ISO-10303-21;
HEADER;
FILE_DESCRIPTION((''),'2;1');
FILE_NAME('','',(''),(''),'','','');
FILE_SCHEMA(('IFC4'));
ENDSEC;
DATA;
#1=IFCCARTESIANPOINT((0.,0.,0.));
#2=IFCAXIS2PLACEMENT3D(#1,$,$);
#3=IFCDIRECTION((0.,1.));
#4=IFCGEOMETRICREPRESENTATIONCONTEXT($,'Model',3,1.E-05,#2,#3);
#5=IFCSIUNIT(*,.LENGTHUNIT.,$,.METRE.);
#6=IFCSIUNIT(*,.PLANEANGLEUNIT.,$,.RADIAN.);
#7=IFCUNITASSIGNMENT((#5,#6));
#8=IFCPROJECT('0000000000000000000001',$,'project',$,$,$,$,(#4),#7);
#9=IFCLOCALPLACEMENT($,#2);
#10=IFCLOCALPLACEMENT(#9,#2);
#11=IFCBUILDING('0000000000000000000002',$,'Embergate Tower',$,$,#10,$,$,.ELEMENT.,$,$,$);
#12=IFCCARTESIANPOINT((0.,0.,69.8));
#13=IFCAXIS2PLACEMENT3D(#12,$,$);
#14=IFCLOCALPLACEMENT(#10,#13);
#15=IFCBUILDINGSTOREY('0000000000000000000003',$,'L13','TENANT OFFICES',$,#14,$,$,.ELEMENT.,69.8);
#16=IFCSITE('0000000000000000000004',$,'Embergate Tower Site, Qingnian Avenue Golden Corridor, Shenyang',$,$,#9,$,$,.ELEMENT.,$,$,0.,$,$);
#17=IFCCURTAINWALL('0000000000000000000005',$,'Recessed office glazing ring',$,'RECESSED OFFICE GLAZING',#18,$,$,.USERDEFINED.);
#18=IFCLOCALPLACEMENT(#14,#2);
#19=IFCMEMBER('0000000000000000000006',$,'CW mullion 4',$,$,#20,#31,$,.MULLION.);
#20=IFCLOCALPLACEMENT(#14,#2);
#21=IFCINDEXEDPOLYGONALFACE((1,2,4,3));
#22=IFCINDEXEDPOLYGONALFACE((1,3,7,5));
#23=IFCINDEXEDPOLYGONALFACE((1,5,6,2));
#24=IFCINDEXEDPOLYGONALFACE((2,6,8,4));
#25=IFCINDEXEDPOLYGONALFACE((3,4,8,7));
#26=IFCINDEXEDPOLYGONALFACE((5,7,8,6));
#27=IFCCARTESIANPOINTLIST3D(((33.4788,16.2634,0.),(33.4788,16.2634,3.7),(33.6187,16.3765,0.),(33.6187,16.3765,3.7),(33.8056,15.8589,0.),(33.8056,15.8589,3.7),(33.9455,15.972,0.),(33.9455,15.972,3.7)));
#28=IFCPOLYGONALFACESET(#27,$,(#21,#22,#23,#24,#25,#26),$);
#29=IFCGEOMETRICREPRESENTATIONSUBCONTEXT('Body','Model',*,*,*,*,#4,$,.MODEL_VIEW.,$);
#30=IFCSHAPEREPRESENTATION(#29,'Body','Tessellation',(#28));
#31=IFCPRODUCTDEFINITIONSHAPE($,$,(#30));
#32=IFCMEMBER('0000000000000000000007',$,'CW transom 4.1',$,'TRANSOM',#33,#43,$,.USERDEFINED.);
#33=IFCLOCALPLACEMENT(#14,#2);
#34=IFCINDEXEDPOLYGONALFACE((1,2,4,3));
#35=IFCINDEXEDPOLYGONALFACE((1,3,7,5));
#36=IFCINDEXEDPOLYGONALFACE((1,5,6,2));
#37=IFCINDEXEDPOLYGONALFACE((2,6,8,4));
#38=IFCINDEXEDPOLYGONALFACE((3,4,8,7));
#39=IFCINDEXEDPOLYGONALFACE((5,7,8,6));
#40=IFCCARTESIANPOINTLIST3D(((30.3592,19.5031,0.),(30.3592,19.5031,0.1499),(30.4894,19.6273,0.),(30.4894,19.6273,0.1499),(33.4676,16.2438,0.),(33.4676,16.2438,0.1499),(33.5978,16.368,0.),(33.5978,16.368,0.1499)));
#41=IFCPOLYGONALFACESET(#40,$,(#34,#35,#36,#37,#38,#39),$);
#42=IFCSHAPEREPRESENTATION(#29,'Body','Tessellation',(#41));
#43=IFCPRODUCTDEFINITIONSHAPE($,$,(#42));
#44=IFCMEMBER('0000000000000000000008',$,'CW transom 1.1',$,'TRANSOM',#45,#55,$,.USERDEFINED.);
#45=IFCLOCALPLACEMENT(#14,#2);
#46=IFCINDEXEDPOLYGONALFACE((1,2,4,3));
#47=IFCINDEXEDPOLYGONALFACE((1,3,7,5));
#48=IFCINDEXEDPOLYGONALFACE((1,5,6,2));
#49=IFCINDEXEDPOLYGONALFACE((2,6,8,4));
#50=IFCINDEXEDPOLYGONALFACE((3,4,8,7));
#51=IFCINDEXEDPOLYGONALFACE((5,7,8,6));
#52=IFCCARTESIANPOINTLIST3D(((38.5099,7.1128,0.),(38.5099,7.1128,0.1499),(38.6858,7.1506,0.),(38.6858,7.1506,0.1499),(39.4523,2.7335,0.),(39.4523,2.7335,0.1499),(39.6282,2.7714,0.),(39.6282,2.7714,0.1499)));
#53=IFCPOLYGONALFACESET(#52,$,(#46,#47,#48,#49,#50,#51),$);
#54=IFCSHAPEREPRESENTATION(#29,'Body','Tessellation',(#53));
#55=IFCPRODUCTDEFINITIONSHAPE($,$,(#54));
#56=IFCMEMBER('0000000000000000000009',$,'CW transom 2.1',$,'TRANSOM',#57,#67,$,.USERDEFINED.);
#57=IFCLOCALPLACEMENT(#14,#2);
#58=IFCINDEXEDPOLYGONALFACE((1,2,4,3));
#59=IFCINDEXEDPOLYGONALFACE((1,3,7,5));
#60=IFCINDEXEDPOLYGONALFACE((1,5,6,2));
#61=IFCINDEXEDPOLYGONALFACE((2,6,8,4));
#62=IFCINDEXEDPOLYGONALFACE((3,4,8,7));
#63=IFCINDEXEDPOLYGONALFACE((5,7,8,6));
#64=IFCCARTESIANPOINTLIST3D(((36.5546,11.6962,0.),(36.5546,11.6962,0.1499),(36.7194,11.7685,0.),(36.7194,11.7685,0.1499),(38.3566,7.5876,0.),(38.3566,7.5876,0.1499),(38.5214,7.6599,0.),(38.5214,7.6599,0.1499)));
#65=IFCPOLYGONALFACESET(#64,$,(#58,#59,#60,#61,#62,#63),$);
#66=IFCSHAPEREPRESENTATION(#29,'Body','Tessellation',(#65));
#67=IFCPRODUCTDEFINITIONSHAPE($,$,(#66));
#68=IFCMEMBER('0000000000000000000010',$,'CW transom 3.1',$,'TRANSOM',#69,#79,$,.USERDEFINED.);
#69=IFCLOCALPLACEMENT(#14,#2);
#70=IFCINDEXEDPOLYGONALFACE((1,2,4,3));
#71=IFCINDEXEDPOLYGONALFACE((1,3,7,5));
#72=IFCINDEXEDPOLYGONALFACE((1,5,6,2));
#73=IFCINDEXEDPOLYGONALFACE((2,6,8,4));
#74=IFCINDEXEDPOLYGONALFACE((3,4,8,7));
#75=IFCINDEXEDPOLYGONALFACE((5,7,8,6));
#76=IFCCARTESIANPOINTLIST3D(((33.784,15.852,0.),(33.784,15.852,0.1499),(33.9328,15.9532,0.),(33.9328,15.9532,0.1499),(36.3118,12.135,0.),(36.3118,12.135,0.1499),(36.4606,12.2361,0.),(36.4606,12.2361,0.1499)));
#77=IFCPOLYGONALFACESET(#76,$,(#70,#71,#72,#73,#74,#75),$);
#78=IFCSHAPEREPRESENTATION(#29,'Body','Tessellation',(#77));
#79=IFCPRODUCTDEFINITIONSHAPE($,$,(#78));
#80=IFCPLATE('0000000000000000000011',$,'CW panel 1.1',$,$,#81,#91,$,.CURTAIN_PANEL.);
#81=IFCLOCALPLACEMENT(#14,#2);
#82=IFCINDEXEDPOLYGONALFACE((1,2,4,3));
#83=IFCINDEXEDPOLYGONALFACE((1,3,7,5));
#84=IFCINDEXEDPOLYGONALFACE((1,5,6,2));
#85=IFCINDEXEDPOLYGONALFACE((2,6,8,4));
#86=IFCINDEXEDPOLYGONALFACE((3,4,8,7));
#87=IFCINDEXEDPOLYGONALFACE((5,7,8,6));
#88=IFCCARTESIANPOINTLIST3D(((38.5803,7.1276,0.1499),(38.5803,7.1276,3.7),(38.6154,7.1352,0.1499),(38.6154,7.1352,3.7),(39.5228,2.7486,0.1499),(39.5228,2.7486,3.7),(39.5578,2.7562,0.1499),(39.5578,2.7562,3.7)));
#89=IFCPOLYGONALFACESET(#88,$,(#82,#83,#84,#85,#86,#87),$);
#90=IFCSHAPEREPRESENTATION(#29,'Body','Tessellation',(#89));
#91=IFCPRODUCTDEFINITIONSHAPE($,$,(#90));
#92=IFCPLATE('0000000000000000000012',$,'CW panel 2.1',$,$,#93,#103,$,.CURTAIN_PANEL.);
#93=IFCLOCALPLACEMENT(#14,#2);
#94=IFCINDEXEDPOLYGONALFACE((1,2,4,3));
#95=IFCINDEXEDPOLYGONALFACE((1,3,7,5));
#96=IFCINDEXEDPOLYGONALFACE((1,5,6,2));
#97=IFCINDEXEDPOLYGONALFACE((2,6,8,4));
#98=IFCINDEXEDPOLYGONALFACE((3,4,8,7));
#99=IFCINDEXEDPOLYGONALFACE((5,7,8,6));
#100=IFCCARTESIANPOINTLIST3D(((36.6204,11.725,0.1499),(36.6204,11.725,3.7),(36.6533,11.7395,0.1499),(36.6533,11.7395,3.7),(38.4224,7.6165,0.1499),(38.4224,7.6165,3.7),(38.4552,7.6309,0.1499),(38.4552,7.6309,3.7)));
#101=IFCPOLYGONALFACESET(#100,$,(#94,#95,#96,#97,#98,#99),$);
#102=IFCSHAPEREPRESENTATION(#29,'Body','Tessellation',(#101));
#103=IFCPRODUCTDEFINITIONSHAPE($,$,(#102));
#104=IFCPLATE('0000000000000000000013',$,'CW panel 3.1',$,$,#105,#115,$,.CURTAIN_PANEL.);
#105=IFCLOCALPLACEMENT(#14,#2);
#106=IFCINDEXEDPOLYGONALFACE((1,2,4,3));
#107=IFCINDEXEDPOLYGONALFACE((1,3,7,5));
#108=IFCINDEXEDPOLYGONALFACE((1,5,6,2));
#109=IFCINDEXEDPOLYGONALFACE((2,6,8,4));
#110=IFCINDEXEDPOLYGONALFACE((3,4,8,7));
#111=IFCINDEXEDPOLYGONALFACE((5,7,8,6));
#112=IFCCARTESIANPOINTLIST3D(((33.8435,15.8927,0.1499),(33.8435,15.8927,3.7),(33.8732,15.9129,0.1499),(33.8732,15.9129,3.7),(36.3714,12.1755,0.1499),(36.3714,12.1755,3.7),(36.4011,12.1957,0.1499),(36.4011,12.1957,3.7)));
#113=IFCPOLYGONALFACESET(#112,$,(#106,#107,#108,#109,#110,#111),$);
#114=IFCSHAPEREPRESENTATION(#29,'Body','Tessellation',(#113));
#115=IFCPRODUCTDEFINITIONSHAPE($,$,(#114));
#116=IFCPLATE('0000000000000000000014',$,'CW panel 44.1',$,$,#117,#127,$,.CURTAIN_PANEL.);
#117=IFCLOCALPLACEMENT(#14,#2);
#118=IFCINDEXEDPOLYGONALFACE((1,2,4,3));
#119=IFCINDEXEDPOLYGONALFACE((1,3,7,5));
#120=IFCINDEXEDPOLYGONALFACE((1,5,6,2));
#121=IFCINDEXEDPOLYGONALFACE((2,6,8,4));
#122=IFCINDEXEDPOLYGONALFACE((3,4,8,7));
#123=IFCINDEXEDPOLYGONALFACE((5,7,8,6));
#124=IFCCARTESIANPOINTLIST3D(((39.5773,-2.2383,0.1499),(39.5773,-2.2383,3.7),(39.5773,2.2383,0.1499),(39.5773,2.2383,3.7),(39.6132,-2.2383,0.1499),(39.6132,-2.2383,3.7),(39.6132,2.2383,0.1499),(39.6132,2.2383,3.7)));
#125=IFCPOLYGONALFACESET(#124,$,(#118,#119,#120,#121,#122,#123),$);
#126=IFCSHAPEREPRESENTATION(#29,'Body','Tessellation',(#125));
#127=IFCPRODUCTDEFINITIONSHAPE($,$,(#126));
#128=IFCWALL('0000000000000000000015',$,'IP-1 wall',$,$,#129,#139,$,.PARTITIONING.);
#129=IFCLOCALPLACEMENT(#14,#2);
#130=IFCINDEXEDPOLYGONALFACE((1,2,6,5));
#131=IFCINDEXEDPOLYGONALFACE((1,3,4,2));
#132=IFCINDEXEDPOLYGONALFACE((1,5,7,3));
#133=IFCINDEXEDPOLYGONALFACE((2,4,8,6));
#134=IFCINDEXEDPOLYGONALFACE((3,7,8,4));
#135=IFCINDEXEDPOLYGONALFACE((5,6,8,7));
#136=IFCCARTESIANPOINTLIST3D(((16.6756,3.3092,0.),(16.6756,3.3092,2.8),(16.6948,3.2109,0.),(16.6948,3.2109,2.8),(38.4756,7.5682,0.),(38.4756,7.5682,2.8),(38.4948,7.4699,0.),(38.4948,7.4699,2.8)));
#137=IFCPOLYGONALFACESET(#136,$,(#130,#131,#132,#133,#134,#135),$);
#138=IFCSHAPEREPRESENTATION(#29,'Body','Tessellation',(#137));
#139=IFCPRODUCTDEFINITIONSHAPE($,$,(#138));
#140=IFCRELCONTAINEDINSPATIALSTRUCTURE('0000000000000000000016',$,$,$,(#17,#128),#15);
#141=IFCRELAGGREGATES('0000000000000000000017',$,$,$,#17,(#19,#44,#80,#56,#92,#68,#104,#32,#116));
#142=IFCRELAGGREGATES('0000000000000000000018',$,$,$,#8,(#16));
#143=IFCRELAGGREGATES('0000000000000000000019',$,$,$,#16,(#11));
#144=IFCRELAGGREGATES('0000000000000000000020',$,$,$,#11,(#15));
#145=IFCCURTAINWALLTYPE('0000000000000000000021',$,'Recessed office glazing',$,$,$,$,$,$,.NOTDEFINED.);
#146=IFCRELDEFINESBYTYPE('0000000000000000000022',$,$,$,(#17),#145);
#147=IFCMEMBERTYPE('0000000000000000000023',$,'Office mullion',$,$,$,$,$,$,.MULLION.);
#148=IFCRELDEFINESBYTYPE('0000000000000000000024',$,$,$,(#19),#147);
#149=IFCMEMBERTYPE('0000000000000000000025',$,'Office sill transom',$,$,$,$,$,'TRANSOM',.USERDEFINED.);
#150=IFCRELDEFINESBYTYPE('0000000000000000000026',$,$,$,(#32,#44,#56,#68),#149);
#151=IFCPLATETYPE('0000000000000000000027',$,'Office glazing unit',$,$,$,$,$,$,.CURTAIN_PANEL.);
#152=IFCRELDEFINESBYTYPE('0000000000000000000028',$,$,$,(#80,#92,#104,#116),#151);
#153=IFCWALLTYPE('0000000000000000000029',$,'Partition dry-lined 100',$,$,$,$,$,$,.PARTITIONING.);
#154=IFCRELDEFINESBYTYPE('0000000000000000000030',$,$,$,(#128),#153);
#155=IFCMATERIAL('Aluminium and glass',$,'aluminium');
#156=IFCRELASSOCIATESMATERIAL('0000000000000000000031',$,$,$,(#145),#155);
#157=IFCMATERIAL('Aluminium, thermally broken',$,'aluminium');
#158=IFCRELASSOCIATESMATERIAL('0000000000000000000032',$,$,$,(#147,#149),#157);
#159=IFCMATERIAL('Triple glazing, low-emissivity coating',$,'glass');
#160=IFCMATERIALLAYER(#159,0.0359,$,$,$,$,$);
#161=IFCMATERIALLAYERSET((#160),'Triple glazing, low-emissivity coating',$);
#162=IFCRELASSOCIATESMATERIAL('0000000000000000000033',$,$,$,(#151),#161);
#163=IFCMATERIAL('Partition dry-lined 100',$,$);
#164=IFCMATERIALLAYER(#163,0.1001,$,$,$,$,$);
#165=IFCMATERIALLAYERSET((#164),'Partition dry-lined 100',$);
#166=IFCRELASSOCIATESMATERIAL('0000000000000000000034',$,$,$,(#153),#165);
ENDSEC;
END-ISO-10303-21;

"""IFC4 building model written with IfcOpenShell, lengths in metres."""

from ifc_helpers import new_model, si_unit, direction, frame, frame_2d, origin, origin_2d, place, context, subcontext, project, spatial, rectangle, extrude, source, transform, mapped, material, layer, layer_set, material_profile, profile_set, type_object, element, aggregate, save


model = new_model("IFC4")

# Units and contexts
model_context = context("Model", 3, precision=1e-05, world=origin(), true_north=direction((0.0, 1.0)))
body_context = subcontext(model_context, "Body", "Model", "MODEL_VIEW")
ifc_project = project(units=[si_unit("LENGTHUNIT", "METRE"), si_unit("PLANEANGLEUNIT", "RADIAN")], contexts=[model_context])

# Site, building, storey
site_placement = place(None, origin())
site = spatial("IfcSite", under=ifc_project, at=site_placement, Name="Embergate Tower Site, Qingnian Avenue Golden Corridor, Shenyang", CompositionType="ELEMENT", RefElevation=0.0)
building_placement = place(site_placement, origin())
building = spatial("IfcBuilding", under=site, at=building_placement, Name="Embergate Tower", CompositionType="ELEMENT")
storey_placement = place(building_placement, frame((0.0, 0.0, 69.8)))
storey = spatial("IfcBuildingStorey", under=building, at=storey_placement, Name="L13", Description="TENANT OFFICES", CompositionType="ELEMENT", Elevation=69.8)

# Curtain wall, members, plates
ifc_material_1 = material(Name="Aluminium and glass", Category="aluminium")
curtain_wall_type = type_object("IfcCurtainWallType", Name="Recessed office glazing", PredefinedType="NOTDEFINED", material=ifc_material_1)
curtain_wall_placement = place(storey_placement, origin())
curtain_wall = element("IfcCurtainWall", 1, at=curtain_wall_placement, inside=storey, type_object=curtain_wall_type, Name="Recessed office glazing ring", ObjectType="RECESSED OFFICE GLAZING", PredefinedType="USERDEFINED")
ifc_material_2 = material(Name="Aluminium, thermally broken", Category="aluminium")
ifc_material_profile_1 = material_profile(ifc_material_2, rectangle(XDim=0.1799, YDim=0.52, at=origin_2d()), Name="AL 520x180")
ifc_profile_set_1 = profile_set([ifc_material_profile_1], Name="Aluminium, thermally broken")
member_type_1 = type_object("IfcMemberType", Name="Office mullion", PredefinedType="MULLION", material=ifc_profile_set_1)
shared_shape_1 = source(origin(), body_context, "Body", "SweptSolid", [
    extrude(rectangle(XDim=0.1799, YDim=0.52, at=origin_2d()), origin(), (0.0, 0.0, 1.0), 3.7),
])
member_1_placement = place(storey_placement, frame((33.7122, 16.1177, 0.0), z_axis=(0.0, 0.0, 1.0), x_axis=(-0.77788, -0.628413, 0.0)))
member_1 = element("IfcMember", 2, at=member_1_placement, type_object=member_type_1, Name="CW mullion 4", PredefinedType="MULLION", context=body_context, shape_type="MappedRepresentation", body=[
    mapped(shared_shape_1, transform((0.0, 0.0, 0.0))),
])
ifc_material_profile_2 = material_profile(ifc_material_2, rectangle(XDim=0.1799, YDim=0.1499, at=origin_2d()), Name="AL 150x180")
ifc_profile_set_2 = profile_set([ifc_material_profile_2], Name="Aluminium, thermally broken")
member_type_2 = type_object("IfcMemberType", Name="Office sill transom", ElementType="TRANSOM", PredefinedType="USERDEFINED", material=ifc_profile_set_2)
shared_shape_2 = source(origin(), body_context, "Body", "SweptSolid", [
    extrude(rectangle(XDim=0.1799, YDim=0.1499, at=origin_2d()), origin(), (0.0, 0.0, 1.0), 4.5039),
])
member_2_placement = place(storey_placement, frame((33.5327, 16.3059, 0.075), z_axis=(-0.690159, 0.723658, 0.0), x_axis=(-0.723658, -0.690159, 0.0)))
member_2 = element("IfcMember", 3, at=member_2_placement, type_object=member_type_2, Name="CW transom 4.1", ObjectType="TRANSOM", PredefinedType="USERDEFINED", context=body_context, shape_type="MappedRepresentation", body=[
    mapped(shared_shape_2, transform((0.0, 0.0, 0.0))),
])
shared_shape_3 = source(origin(), body_context, "Body", "SweptSolid", [
    extrude(rectangle(XDim=0.1799, YDim=0.1499, at=origin_2d()), origin(), (0.0, 0.0, 1.0), 4.4795),
])
member_3_placement = place(storey_placement, frame((39.5403, 2.7524, 0.075), z_axis=(-0.210381, 0.977619, 0.0), x_axis=(-0.977619, -0.210381, 0.0)))
member_3 = element("IfcMember", 4, at=member_3_placement, type_object=member_type_2, Name="CW transom 1.1", ObjectType="TRANSOM", PredefinedType="USERDEFINED", context=body_context, shape_type="MappedRepresentation", body=[
    mapped(shared_shape_3, transform((0.0, 0.0, 0.0))),
])
shared_shape_4 = source(origin(), body_context, "Body", "SweptSolid", [
    extrude(rectangle(XDim=0.1799, YDim=0.1499, at=origin_2d()), origin(), (0.0, 0.0, 1.0), 4.4863),
])
member_4_placement = place(storey_placement, frame((38.439, 7.6238, 0.075), z_axis=(-0.401655, 0.915791, 0.0), x_axis=(-0.915791, -0.401655, 0.0)))
member_4 = element("IfcMember", 5, at=member_4_placement, type_object=member_type_2, Name="CW transom 2.1", ObjectType="TRANSOM", PredefinedType="USERDEFINED", context=body_context, shape_type="MappedRepresentation", body=[
    mapped(shared_shape_4, transform((0.0, 0.0, 0.0))),
])
shared_shape_5 = source(origin(), body_context, "Body", "SweptSolid", [
    extrude(rectangle(XDim=0.1799, YDim=0.1499, at=origin_2d()), origin(), (0.0, 0.0, 1.0), 4.4951),
])
member_5_placement = place(storey_placement, frame((36.3862, 12.1855, 0.075), z_axis=(-0.562347, 0.826901, 0.0), x_axis=(-0.826901, -0.562347, 0.0)))
member_5 = element("IfcMember", 6, at=member_5_placement, type_object=member_type_2, Name="CW transom 3.1", ObjectType="TRANSOM", PredefinedType="USERDEFINED", context=body_context, shape_type="MappedRepresentation", body=[
    mapped(shared_shape_5, transform((0.0, 0.0, 0.0))),
])
ifc_material_3 = material(Name="Triple glazing, low-emissivity coating", Category="glass")
ifc_layer_1 = layer(ifc_material_3, 0.0359)
ifc_layer_set_1 = layer_set([ifc_layer_1], Name="Triple glazing, low-emissivity coating")
plate_type = type_object("IfcPlateType", Name="Office glazing unit", PredefinedType="CURTAIN_PANEL", material=ifc_layer_set_1)
shared_shape_6 = source(origin(), body_context, "Body", "SweptSolid", [
    extrude(rectangle(XDim=4.4792, YDim=0.0359, at=origin_2d()), origin(), (0.0, 0.0, 1.0), 3.55),
])
plate_1_placement = place(storey_placement, frame((39.0691, 4.9419, 0.1499), z_axis=(0.0, 0.0, 1.0), x_axis=(-0.210395, 0.977616, 0.0)))
plate_1 = element("IfcPlate", 7, at=plate_1_placement, type_object=plate_type, Name="CW panel 1.1", PredefinedType="CURTAIN_PANEL", context=body_context, shape_type="MappedRepresentation", body=[
    mapped(shared_shape_6, transform((0.0, 0.0, 0.0))),
])
shared_shape_7 = source(origin(), body_context, "Body", "SweptSolid", [
    extrude(rectangle(XDim=4.4863, YDim=0.0359, at=origin_2d()), origin(), (0.0, 0.0, 1.0), 3.55),
])
plate_2_placement = place(storey_placement, frame((37.5378, 9.678, 0.1499), z_axis=(0.0, 0.0, 1.0), x_axis=(-0.401647, 0.915794, 0.0)))
plate_2 = element("IfcPlate", 8, at=plate_2_placement, type_object=plate_type, Name="CW panel 2.1", PredefinedType="CURTAIN_PANEL", context=body_context, shape_type="MappedRepresentation", body=[
    mapped(shared_shape_7, transform((0.0, 0.0, 0.0))),
])
shared_shape_8 = source(origin(), body_context, "Body", "SweptSolid", [
    extrude(rectangle(XDim=4.4954, YDim=0.0359, at=origin_2d()), origin(), (0.0, 0.0, 1.0), 3.55),
])
plate_3_placement = place(storey_placement, frame((35.1223, 14.0442, 0.1499), z_axis=(0.0, 0.0, 1.0), x_axis=(-0.562337, 0.826908, 0.0)))
plate_3 = element("IfcPlate", 9, at=plate_3_placement, type_object=plate_type, Name="CW panel 3.1", PredefinedType="CURTAIN_PANEL", context=body_context, shape_type="MappedRepresentation", body=[
    mapped(shared_shape_8, transform((0.0, 0.0, 0.0))),
])
shared_shape_9 = source(origin(), body_context, "Body", "SweptSolid", [
    extrude(rectangle(XDim=4.4766, YDim=0.0359, at=origin_2d()), origin(), (0.0, 0.0, 1.0), 3.55),
])
plate_4_placement = place(storey_placement, frame((39.5952, 0.0, 0.1499), z_axis=(0.0, 0.0, 1.0), x_axis=(0.0, 1.0, 0.0)))
plate_4 = element("IfcPlate", 10, at=plate_4_placement, type_object=plate_type, Name="CW panel 44.1", PredefinedType="CURTAIN_PANEL", context=body_context, shape_type="MappedRepresentation", body=[
    mapped(shared_shape_9, transform((0.0, 0.0, 0.0))),
])
aggregate(curtain_wall, [member_1, member_3, plate_1, member_4, plate_2, member_5, plate_3, member_2, plate_4])

# Wall
ifc_material_4 = material(Name="Partition dry-lined 100")
ifc_layer_2 = layer(ifc_material_4, 0.1001)
ifc_layer_set_2 = layer_set([ifc_layer_2], Name="Partition dry-lined 100")
wall_type = type_object("IfcWallType", Name="Partition dry-lined 100", PredefinedType="PARTITIONING", material=ifc_layer_set_2)
shared_shape_10 = source(origin(), body_context, "Body", "SweptSolid", [
    extrude(rectangle(XDim=22.2122, YDim=0.1001, at=frame_2d((11.106, 0.0))), origin(), (0.0, 0.0, 1.0), 2.8),
])
wall_placement = place(storey_placement, frame((38.4851, 7.519, 0.0), z_axis=(0.0, 0.0, 1.0), x_axis=(-0.981445, -0.191743, 0.0)))
element("IfcWall", 11, at=wall_placement, inside=storey, type_object=wall_type, Name="IP-1 wall", PredefinedType="PARTITIONING", context=body_context, shape_type="MappedRepresentation", body=[
    mapped(shared_shape_10, transform((0.0, 0.0, 0.0))),
])

save(model, "model.ifc")
